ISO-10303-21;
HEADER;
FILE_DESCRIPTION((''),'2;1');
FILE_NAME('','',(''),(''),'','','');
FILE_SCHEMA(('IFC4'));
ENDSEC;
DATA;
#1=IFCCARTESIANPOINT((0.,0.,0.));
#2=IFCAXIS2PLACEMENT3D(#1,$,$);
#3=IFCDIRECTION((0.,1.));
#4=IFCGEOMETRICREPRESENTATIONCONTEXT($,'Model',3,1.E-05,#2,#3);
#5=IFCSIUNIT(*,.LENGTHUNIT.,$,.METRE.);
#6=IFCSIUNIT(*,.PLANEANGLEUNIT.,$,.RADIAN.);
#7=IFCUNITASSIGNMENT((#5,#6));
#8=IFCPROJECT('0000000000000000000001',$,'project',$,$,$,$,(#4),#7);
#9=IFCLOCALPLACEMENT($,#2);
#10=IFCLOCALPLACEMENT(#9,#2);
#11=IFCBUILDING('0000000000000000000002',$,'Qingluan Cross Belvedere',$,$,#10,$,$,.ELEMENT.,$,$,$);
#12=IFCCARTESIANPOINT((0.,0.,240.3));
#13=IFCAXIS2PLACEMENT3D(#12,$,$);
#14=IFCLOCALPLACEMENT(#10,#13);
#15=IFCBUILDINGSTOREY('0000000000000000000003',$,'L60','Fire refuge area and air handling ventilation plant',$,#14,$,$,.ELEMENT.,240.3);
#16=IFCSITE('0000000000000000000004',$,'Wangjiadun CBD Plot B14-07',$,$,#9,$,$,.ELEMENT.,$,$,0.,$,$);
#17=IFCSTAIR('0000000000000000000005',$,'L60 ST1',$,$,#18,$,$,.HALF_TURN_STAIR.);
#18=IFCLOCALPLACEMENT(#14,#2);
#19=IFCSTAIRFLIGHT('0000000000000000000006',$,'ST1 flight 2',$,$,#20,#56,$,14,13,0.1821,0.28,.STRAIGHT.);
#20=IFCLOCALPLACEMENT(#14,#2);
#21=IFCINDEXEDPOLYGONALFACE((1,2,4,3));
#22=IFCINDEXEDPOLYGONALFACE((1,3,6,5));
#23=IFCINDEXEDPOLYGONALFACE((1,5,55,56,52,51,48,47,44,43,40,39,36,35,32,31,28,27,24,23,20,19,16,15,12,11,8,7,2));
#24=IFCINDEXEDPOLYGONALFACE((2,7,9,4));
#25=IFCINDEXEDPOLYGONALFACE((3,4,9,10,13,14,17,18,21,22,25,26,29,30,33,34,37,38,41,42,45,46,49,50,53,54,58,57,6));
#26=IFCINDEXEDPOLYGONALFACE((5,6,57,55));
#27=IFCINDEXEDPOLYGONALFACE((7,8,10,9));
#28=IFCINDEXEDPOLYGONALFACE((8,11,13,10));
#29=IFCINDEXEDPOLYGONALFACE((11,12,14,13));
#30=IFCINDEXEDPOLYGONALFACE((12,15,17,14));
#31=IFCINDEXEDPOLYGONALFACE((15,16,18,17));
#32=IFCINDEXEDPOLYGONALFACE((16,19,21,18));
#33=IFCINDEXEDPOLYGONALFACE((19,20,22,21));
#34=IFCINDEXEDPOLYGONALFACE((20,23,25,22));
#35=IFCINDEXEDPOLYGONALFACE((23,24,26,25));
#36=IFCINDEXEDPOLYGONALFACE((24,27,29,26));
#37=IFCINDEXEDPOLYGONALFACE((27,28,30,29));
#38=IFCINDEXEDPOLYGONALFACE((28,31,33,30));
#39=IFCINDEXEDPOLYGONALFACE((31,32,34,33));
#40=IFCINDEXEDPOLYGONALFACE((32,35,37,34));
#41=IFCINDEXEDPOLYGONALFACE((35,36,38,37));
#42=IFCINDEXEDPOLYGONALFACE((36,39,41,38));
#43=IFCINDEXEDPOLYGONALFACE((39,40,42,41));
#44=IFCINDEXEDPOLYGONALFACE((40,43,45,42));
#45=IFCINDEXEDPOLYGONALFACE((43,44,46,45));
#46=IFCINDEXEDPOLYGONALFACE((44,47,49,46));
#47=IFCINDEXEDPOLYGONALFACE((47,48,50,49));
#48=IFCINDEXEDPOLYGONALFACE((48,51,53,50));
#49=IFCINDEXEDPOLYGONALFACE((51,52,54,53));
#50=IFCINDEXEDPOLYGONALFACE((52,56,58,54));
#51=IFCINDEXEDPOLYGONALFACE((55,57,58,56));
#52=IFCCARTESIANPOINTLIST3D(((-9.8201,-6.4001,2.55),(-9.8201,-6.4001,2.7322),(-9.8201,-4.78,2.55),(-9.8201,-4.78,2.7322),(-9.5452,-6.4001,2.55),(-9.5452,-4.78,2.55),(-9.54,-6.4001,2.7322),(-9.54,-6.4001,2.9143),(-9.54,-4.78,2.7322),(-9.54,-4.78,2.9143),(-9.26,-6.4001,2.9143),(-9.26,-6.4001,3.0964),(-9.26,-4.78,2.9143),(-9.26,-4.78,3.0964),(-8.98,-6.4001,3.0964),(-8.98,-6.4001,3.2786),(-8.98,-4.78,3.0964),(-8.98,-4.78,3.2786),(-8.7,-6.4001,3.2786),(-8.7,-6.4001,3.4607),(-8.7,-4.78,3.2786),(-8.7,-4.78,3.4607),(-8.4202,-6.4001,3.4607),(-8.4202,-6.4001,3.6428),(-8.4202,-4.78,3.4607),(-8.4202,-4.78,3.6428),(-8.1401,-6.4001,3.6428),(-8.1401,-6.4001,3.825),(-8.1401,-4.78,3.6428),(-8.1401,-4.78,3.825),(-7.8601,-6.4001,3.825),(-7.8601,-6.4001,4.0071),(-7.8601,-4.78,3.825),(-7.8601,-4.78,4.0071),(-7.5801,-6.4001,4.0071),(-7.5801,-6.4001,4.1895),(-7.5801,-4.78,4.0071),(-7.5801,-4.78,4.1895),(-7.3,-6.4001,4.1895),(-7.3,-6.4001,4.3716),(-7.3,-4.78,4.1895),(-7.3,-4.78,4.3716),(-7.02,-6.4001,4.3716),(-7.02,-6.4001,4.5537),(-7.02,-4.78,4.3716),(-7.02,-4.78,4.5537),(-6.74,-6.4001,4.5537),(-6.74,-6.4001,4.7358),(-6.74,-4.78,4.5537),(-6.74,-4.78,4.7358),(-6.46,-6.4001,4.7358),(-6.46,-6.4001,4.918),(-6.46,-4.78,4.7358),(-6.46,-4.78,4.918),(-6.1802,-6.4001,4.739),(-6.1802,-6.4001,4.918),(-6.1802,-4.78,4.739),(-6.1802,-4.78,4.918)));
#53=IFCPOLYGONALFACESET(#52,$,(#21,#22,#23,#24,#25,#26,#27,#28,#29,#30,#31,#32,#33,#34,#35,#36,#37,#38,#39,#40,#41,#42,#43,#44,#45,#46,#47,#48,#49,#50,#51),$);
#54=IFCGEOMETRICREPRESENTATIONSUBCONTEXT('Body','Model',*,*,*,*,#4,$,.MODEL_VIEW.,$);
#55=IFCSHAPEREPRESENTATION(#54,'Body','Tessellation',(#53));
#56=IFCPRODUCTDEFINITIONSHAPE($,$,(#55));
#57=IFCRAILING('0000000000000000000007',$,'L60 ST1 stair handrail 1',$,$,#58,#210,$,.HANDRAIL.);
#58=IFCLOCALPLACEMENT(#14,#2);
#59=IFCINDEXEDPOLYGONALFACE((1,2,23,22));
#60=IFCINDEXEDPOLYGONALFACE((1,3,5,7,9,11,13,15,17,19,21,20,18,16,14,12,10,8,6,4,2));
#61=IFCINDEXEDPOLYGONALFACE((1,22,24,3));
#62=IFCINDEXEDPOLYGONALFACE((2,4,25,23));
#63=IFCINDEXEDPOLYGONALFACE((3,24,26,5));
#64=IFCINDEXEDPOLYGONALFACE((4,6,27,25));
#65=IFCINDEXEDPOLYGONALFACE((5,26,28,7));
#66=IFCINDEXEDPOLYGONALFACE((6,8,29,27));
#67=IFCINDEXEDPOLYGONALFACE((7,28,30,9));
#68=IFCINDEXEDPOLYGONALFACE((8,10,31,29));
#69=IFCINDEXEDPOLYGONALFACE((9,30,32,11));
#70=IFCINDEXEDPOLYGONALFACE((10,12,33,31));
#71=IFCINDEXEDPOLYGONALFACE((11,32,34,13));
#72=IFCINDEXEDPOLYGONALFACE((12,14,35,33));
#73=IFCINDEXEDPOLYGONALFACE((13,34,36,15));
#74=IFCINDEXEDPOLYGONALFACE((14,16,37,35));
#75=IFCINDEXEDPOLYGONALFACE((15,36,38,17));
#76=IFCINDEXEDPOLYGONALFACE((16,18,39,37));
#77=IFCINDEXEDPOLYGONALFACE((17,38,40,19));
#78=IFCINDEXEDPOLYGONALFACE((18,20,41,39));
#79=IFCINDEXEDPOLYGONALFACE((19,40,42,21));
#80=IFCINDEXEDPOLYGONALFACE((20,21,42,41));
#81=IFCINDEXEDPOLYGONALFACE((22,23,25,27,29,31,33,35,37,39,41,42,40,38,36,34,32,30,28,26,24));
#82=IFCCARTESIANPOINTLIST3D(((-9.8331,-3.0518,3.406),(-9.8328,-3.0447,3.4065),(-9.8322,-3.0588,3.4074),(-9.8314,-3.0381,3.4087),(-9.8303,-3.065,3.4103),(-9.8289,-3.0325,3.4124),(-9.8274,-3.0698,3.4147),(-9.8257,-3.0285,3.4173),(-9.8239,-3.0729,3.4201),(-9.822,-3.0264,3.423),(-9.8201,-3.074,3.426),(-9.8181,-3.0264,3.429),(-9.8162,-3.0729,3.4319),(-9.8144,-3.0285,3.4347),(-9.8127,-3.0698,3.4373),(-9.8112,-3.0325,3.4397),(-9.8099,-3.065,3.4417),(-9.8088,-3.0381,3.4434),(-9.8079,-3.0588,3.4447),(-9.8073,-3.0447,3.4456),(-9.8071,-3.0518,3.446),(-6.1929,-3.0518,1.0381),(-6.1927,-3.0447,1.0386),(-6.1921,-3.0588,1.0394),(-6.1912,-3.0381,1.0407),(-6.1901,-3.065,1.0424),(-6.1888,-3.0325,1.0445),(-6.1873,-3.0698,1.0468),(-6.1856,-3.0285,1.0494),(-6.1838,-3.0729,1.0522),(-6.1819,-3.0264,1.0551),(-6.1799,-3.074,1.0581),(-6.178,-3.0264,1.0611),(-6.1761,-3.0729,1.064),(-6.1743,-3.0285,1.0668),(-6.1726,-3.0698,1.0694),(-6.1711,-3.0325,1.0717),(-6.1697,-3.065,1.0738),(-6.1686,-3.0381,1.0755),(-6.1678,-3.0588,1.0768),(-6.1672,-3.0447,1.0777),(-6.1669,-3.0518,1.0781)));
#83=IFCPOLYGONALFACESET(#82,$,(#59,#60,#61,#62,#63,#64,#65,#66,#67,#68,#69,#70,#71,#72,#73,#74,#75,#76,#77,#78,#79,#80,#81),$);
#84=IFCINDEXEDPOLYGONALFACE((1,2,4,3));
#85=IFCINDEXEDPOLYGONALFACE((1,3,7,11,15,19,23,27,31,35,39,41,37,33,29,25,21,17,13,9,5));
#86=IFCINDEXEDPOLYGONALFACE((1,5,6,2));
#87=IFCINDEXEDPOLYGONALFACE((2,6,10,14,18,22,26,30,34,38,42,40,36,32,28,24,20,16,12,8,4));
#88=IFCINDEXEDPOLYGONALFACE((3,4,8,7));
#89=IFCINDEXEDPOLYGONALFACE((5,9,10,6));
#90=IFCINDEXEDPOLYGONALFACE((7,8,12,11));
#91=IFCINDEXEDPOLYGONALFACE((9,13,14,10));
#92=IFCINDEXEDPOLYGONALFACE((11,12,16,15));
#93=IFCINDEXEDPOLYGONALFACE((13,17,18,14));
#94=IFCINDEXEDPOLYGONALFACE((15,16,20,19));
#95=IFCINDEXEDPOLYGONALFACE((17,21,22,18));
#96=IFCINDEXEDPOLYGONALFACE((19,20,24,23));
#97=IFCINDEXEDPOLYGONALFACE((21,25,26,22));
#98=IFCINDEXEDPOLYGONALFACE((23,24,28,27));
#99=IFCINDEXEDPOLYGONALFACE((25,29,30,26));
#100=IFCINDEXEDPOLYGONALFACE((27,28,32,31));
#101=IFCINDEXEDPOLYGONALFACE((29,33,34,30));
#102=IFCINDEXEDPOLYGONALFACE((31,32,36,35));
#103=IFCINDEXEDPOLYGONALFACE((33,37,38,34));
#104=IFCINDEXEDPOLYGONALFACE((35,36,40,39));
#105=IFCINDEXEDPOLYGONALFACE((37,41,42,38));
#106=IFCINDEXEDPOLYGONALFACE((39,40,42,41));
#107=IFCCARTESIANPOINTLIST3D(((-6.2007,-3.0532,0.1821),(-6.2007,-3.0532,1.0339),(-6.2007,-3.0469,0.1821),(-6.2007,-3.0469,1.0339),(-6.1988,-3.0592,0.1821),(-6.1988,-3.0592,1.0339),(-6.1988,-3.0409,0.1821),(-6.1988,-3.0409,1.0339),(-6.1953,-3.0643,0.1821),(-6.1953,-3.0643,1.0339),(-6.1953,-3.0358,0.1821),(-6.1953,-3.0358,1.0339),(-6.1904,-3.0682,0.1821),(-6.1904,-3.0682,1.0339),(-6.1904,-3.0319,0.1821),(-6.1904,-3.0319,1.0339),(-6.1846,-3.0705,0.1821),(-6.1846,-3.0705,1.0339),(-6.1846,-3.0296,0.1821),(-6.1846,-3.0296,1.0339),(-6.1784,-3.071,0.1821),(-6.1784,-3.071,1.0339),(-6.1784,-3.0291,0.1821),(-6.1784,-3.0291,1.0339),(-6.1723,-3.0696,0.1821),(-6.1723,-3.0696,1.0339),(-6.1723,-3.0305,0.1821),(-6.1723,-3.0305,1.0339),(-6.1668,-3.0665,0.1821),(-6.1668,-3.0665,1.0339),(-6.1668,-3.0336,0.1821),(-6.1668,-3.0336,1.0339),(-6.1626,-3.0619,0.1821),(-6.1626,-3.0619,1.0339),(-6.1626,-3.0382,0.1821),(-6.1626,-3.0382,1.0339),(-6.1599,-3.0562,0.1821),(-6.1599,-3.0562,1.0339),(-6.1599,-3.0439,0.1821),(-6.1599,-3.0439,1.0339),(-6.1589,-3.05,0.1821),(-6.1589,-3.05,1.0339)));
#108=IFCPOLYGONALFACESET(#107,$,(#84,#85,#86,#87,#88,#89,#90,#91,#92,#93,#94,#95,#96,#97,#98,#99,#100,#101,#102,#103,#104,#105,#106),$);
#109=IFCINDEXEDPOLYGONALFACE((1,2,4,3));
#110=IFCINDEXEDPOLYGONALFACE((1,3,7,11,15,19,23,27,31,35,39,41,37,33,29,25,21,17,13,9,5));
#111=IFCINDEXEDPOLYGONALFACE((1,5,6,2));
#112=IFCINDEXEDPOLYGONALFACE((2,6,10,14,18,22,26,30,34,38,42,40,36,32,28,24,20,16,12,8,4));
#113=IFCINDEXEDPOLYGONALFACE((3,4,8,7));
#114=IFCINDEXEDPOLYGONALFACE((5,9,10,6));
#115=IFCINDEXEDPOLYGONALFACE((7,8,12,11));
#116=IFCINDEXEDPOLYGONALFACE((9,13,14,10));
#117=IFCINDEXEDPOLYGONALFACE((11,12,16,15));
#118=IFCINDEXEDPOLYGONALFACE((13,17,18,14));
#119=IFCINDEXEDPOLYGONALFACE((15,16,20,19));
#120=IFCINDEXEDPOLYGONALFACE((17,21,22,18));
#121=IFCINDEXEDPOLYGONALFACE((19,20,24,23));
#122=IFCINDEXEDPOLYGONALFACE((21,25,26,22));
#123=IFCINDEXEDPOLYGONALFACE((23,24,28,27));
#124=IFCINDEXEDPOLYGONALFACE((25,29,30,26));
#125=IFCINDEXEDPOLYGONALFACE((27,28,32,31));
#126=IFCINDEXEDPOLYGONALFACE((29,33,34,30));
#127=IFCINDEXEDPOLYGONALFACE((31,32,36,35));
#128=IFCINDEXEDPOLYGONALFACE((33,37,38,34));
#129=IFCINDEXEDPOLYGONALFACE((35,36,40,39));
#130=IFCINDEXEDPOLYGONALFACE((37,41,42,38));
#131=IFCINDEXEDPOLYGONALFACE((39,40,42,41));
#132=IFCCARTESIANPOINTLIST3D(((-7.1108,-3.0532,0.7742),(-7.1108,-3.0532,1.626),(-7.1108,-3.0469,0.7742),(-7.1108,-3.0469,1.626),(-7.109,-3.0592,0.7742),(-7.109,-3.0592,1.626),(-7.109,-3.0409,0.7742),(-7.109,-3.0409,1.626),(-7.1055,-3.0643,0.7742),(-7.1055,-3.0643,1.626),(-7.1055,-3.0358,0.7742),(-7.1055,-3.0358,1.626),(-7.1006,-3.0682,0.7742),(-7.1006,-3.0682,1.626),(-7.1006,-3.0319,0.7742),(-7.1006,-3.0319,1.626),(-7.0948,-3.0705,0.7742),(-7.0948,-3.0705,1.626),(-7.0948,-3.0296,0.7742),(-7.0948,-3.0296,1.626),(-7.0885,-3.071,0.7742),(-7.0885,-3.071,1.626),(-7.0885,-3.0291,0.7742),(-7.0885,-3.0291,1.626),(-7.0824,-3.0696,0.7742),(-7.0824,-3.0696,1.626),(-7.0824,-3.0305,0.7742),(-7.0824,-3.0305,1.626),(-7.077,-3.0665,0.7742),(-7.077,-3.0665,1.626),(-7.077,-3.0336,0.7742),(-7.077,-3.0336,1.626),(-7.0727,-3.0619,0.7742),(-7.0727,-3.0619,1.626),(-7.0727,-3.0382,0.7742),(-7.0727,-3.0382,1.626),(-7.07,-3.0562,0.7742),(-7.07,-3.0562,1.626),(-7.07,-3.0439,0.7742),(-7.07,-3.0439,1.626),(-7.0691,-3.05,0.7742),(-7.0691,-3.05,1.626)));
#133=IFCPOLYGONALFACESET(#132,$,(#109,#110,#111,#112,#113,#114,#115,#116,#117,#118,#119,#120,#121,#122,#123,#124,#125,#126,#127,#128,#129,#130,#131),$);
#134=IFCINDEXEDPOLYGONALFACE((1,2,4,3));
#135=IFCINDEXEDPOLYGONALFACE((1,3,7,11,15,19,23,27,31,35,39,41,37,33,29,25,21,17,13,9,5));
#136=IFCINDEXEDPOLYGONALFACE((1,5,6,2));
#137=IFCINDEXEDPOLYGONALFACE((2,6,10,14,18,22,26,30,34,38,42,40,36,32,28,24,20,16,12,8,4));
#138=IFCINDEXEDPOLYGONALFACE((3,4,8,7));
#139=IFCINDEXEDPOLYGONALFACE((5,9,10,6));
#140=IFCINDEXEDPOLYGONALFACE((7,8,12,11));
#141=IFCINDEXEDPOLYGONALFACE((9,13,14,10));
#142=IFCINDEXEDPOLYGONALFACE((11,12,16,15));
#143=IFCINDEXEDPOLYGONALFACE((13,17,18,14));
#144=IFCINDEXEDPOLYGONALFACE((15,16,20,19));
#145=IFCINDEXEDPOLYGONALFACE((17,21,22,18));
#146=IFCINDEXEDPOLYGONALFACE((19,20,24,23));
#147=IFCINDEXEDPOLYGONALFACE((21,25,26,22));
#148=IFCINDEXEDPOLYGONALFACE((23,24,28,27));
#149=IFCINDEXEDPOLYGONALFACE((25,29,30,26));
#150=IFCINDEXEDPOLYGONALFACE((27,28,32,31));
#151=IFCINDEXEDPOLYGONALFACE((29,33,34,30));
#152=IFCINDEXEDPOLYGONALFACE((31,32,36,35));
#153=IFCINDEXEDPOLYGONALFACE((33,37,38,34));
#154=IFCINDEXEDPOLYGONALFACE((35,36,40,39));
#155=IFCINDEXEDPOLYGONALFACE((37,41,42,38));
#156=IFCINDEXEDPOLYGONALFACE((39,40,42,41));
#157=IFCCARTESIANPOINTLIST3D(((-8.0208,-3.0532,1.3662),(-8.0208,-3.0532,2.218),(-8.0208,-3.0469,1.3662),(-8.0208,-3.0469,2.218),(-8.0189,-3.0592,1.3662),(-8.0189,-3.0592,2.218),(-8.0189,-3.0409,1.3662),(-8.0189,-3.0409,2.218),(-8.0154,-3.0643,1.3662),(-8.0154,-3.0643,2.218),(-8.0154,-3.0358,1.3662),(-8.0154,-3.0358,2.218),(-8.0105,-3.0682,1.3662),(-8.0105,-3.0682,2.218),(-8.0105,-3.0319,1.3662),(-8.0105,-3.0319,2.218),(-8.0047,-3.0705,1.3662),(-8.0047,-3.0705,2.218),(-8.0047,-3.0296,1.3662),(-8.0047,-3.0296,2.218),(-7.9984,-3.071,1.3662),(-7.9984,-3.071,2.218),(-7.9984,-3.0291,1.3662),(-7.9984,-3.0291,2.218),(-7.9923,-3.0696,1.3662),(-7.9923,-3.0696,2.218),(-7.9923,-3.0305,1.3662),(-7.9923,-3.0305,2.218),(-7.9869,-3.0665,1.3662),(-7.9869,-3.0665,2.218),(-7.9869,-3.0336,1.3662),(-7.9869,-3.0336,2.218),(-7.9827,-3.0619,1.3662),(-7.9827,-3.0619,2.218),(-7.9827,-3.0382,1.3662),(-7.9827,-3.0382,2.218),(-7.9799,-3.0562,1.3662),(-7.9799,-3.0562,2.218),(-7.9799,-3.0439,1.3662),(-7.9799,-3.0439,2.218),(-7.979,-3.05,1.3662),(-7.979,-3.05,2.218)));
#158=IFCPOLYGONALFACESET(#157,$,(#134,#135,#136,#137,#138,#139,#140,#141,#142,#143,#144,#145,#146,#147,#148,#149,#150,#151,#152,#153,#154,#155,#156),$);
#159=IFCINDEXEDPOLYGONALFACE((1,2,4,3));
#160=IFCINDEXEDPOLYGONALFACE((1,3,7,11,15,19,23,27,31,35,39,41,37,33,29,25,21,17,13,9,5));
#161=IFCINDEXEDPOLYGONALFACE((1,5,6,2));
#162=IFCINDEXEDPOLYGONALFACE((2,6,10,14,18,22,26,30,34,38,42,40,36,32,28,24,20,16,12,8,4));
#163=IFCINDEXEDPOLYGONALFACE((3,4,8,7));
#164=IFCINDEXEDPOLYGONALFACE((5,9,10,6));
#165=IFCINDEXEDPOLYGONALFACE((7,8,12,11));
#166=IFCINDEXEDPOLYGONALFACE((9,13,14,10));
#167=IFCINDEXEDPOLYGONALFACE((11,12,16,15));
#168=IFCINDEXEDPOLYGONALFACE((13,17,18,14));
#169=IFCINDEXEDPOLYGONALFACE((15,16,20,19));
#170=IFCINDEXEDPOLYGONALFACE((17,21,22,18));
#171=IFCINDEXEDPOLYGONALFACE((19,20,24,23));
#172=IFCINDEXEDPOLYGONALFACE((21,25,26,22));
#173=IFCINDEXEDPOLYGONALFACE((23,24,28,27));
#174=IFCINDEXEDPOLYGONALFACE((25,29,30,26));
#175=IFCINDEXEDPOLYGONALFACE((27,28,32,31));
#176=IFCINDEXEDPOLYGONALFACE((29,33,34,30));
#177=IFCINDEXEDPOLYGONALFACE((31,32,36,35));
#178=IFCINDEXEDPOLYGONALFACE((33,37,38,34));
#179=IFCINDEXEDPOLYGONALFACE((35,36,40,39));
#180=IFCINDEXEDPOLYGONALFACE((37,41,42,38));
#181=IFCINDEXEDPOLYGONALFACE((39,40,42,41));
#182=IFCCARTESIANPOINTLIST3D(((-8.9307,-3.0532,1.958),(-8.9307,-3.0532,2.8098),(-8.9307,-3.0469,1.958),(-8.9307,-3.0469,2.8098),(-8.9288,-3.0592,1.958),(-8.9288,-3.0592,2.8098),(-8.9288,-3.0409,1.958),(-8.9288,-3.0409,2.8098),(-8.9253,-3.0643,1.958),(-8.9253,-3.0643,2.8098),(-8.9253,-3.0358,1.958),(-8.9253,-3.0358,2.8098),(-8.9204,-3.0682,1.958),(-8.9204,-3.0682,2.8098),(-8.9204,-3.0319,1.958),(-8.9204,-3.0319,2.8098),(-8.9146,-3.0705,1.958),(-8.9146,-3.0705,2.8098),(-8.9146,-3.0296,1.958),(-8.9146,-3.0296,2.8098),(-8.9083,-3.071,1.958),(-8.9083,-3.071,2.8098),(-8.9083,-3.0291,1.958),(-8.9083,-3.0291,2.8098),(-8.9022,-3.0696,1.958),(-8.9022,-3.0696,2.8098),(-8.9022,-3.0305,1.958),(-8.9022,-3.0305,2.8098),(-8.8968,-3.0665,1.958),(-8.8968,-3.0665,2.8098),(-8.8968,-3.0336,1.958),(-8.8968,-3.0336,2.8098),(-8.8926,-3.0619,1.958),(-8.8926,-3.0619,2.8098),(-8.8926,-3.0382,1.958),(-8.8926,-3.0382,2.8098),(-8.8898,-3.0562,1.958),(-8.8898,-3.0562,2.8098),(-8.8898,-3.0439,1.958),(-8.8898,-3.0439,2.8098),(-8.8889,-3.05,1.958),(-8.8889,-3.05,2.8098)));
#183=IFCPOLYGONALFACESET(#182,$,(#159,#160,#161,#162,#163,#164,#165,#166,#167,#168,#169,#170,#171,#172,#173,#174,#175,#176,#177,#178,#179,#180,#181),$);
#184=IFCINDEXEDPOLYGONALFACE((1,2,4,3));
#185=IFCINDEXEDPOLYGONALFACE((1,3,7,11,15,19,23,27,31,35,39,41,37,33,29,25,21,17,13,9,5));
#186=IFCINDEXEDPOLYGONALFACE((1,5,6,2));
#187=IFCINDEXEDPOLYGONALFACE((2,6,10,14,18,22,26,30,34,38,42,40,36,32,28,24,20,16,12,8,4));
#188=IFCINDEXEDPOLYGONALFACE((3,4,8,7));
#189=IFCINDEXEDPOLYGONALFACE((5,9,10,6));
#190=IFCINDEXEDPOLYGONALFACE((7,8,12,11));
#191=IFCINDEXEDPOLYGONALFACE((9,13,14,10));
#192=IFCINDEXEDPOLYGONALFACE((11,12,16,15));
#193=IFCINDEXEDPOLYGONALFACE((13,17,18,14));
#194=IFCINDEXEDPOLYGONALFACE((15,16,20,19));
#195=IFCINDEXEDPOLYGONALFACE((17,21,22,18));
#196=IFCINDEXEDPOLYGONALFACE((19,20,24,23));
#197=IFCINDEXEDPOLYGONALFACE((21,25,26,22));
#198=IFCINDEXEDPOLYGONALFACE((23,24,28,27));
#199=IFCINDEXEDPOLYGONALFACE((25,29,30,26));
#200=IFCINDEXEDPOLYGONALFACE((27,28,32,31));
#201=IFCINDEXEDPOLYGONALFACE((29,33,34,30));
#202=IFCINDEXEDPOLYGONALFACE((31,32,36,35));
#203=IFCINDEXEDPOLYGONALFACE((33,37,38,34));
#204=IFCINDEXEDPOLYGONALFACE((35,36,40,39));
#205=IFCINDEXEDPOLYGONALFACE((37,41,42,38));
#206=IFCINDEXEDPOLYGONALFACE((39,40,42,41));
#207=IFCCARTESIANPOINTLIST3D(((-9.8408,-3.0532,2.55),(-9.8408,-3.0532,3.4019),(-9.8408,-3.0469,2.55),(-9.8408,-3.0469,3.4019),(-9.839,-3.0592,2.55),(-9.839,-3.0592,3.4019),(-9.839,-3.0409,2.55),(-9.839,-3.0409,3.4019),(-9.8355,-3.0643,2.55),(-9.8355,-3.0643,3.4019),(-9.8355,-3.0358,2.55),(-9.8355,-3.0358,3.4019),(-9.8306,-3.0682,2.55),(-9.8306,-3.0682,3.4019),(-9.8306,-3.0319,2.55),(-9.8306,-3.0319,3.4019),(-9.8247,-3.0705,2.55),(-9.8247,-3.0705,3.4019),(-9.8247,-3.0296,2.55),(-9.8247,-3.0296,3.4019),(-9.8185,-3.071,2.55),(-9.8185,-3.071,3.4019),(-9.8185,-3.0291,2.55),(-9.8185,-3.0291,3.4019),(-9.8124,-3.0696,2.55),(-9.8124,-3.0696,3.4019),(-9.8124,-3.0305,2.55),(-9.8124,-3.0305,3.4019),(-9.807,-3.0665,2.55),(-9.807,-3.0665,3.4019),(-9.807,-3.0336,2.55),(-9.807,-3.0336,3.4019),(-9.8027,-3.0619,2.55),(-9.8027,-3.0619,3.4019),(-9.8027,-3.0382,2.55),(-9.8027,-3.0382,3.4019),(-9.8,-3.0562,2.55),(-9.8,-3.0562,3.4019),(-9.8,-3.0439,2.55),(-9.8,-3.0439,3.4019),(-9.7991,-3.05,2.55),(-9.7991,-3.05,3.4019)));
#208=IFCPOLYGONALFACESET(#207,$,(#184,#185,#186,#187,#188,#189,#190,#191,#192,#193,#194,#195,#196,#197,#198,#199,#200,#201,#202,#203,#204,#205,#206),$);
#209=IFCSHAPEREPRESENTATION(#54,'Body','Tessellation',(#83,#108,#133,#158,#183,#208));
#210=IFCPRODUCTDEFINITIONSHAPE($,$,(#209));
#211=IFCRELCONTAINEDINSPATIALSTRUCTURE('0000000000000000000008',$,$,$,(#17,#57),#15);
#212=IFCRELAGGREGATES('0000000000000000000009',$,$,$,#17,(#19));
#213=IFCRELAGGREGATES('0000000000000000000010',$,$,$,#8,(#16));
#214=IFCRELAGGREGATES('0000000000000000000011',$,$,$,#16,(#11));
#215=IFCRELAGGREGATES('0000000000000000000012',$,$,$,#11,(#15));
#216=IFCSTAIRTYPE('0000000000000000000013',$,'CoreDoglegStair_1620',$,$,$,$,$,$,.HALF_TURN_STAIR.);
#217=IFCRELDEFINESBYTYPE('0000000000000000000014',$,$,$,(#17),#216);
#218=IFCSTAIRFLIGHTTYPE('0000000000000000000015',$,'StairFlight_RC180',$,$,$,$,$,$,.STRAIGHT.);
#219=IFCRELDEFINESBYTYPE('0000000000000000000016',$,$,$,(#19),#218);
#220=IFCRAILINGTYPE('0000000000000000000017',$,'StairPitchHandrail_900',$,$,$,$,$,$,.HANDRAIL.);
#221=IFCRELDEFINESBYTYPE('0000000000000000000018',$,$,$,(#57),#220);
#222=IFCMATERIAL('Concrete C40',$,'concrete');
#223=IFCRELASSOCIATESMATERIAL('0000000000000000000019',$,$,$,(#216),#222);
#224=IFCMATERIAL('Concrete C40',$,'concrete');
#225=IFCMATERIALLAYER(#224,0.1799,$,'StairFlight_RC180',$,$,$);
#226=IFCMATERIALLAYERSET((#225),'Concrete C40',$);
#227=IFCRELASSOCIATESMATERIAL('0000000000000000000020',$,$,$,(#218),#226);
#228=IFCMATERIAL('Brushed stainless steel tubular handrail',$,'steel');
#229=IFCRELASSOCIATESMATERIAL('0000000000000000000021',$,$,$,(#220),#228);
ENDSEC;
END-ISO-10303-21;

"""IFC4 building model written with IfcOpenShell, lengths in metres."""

from ifc_helpers import new_model, si_unit, direction, frame, origin, origin_2d, place, context, subcontext, project, spatial, polyline, circle, outline, extrude, material, layer, layer_set, type_object, element, aggregate, save


model = new_model("IFC4")

# Units and contexts
model_context = context("Model", 3, precision=1e-05, world=origin(), true_north=direction((0.0, 1.0)))
body_context = subcontext(model_context, "Body", "Model", "MODEL_VIEW")
ifc_project = project(units=[si_unit("LENGTHUNIT", "METRE"), si_unit("PLANEANGLEUNIT", "RADIAN")], contexts=[model_context])

# Site, building, storey
site_placement = place(None, origin())
site = spatial("IfcSite", under=ifc_project, at=site_placement, Name="Wangjiadun CBD Plot B14-07", CompositionType="ELEMENT", RefElevation=0.0)
building_placement = place(site_placement, origin())
building = spatial("IfcBuilding", under=site, at=building_placement, Name="Qingluan Cross Belvedere", CompositionType="ELEMENT")
storey_placement = place(building_placement, frame((0.0, 0.0, 240.3)))
storey = spatial("IfcBuildingStorey", under=building, at=storey_placement, Name="L60", Description="Fire refuge area and air handling ventilation plant", CompositionType="ELEMENT", Elevation=240.3)

# Stair, stair flight
ifc_material_1 = material(Name="Concrete C40", Category="concrete")
stair_type = type_object("IfcStairType", Name="CoreDoglegStair_1620", PredefinedType="HALF_TURN_STAIR", material=ifc_material_1)
stair_placement = place(storey_placement, origin())
stair = element("IfcStair", 1, at=stair_placement, inside=storey, type_object=stair_type, Name="L60 ST1", PredefinedType="HALF_TURN_STAIR")
ifc_material_2 = material(Name="Concrete C40", Category="concrete")
ifc_layer_1 = layer(ifc_material_2, 0.1799, Name="StairFlight_RC180")
ifc_layer_set_1 = layer_set([ifc_layer_1], Name="Concrete C40")
stair_flight_type = type_object("IfcStairFlightType", Name="StairFlight_RC180", PredefinedType="STRAIGHT", material=ifc_layer_set_1)
stair_flight_1_placement = place(storey_placement, frame((-9.8201, -5.5901, 2.55), z_axis=(0.0, 0.0, 1.0), x_axis=(1.0, 0.0, 0.0)))
stair_flight_1 = element("IfcStairFlight", 2, at=stair_flight_1_placement, type_object=stair_flight_type, Name="ST1 flight 2", NumberOfRisers=14, NumberOfTreads=13, PredefinedType="STRAIGHT", RiserHeight=0.1821, TreadLength=0.28, context=body_context, shape_type="SweptSolid", body=[
    extrude(outline(polyline([(0.0, 0.0), (0.0, 0.1821), (0.28, 0.1821), (0.28, 0.3643), (0.5601, 0.3643), (0.5601, 0.5464), (0.8401, 0.5464), (0.8401, 0.7285), (1.1201, 0.7285), (1.1201, 0.9106), (1.3999, 0.9106), (1.3999, 1.0928), (1.6799, 1.0928), (1.6799, 1.2749), (1.96, 1.2749), (1.96, 1.457), (2.24, 1.457), (2.24, 1.6394), (2.52, 1.6394), (2.52, 1.8215), (2.8, 1.8215), (2.8, 2.0037), (3.0801, 2.0037), (3.0801, 2.1858), (3.3601, 2.1858), (3.3601, 2.3679), (3.6399, 2.3679), (3.6399, 2.55), (3.6399, 2.189), (0.2749, 0.0), (0.0, 0.0)])), frame((0.0, 0.8101, 0.0), z_axis=(0.0, -1.0, 0.0), x_axis=(1.0, 0.0, 0.0)), (0.0, 0.0, 1.0), 1.6201),
])
aggregate(stair, [stair_flight_1])

# Railing
ifc_material_3 = material(Name="Brushed stainless steel tubular handrail", Category="steel")
railing_type_1 = type_object("IfcRailingType", Name="StairPitchHandrail_900", PredefinedType="HANDRAIL", material=ifc_material_3)
railing_1_placement = place(storey_placement, frame((-6.1799, -3.05, 0.1821)))
element("IfcRailing", 3, at=railing_1_placement, inside=storey, type_object=railing_type_1, Name="L60 ST1 stair handrail 1", PredefinedType="HANDRAIL", context=body_context, shape_type="SweptSolid", body=[
    extrude(circle(Radius=0.0239, at=origin_2d()), frame((0.0, 0.0, 0.876), z_axis=(-0.838251, 0.0, 0.545285), x_axis=(0.0, -1.0, 0.0)), (0.0, 0.0, 1.0), 4.3425),
    extrude(circle(Radius=0.021, at=origin_2d()), origin(), (0.0, 0.0, 1.0), 0.8518),
    extrude(circle(Radius=0.021, at=origin_2d()), frame((-0.9102, 0.0, 0.592)), (0.0, 0.0, 1.0), 0.8518),
    extrude(circle(Radius=0.021, at=origin_2d()), frame((-1.8201, 0.0, 1.1841)), (0.0, 0.0, 1.0), 0.8518),
    extrude(circle(Radius=0.021, at=origin_2d()), frame((-2.73, 0.0, 1.7759)), (0.0, 0.0, 1.0), 0.8518),
    extrude(circle(Radius=0.021, at=origin_2d()), frame((-3.6401, 0.0, 2.3679)), (0.0, 0.0, 1.0), 0.8518),
])

save(model, "model.ifc")
